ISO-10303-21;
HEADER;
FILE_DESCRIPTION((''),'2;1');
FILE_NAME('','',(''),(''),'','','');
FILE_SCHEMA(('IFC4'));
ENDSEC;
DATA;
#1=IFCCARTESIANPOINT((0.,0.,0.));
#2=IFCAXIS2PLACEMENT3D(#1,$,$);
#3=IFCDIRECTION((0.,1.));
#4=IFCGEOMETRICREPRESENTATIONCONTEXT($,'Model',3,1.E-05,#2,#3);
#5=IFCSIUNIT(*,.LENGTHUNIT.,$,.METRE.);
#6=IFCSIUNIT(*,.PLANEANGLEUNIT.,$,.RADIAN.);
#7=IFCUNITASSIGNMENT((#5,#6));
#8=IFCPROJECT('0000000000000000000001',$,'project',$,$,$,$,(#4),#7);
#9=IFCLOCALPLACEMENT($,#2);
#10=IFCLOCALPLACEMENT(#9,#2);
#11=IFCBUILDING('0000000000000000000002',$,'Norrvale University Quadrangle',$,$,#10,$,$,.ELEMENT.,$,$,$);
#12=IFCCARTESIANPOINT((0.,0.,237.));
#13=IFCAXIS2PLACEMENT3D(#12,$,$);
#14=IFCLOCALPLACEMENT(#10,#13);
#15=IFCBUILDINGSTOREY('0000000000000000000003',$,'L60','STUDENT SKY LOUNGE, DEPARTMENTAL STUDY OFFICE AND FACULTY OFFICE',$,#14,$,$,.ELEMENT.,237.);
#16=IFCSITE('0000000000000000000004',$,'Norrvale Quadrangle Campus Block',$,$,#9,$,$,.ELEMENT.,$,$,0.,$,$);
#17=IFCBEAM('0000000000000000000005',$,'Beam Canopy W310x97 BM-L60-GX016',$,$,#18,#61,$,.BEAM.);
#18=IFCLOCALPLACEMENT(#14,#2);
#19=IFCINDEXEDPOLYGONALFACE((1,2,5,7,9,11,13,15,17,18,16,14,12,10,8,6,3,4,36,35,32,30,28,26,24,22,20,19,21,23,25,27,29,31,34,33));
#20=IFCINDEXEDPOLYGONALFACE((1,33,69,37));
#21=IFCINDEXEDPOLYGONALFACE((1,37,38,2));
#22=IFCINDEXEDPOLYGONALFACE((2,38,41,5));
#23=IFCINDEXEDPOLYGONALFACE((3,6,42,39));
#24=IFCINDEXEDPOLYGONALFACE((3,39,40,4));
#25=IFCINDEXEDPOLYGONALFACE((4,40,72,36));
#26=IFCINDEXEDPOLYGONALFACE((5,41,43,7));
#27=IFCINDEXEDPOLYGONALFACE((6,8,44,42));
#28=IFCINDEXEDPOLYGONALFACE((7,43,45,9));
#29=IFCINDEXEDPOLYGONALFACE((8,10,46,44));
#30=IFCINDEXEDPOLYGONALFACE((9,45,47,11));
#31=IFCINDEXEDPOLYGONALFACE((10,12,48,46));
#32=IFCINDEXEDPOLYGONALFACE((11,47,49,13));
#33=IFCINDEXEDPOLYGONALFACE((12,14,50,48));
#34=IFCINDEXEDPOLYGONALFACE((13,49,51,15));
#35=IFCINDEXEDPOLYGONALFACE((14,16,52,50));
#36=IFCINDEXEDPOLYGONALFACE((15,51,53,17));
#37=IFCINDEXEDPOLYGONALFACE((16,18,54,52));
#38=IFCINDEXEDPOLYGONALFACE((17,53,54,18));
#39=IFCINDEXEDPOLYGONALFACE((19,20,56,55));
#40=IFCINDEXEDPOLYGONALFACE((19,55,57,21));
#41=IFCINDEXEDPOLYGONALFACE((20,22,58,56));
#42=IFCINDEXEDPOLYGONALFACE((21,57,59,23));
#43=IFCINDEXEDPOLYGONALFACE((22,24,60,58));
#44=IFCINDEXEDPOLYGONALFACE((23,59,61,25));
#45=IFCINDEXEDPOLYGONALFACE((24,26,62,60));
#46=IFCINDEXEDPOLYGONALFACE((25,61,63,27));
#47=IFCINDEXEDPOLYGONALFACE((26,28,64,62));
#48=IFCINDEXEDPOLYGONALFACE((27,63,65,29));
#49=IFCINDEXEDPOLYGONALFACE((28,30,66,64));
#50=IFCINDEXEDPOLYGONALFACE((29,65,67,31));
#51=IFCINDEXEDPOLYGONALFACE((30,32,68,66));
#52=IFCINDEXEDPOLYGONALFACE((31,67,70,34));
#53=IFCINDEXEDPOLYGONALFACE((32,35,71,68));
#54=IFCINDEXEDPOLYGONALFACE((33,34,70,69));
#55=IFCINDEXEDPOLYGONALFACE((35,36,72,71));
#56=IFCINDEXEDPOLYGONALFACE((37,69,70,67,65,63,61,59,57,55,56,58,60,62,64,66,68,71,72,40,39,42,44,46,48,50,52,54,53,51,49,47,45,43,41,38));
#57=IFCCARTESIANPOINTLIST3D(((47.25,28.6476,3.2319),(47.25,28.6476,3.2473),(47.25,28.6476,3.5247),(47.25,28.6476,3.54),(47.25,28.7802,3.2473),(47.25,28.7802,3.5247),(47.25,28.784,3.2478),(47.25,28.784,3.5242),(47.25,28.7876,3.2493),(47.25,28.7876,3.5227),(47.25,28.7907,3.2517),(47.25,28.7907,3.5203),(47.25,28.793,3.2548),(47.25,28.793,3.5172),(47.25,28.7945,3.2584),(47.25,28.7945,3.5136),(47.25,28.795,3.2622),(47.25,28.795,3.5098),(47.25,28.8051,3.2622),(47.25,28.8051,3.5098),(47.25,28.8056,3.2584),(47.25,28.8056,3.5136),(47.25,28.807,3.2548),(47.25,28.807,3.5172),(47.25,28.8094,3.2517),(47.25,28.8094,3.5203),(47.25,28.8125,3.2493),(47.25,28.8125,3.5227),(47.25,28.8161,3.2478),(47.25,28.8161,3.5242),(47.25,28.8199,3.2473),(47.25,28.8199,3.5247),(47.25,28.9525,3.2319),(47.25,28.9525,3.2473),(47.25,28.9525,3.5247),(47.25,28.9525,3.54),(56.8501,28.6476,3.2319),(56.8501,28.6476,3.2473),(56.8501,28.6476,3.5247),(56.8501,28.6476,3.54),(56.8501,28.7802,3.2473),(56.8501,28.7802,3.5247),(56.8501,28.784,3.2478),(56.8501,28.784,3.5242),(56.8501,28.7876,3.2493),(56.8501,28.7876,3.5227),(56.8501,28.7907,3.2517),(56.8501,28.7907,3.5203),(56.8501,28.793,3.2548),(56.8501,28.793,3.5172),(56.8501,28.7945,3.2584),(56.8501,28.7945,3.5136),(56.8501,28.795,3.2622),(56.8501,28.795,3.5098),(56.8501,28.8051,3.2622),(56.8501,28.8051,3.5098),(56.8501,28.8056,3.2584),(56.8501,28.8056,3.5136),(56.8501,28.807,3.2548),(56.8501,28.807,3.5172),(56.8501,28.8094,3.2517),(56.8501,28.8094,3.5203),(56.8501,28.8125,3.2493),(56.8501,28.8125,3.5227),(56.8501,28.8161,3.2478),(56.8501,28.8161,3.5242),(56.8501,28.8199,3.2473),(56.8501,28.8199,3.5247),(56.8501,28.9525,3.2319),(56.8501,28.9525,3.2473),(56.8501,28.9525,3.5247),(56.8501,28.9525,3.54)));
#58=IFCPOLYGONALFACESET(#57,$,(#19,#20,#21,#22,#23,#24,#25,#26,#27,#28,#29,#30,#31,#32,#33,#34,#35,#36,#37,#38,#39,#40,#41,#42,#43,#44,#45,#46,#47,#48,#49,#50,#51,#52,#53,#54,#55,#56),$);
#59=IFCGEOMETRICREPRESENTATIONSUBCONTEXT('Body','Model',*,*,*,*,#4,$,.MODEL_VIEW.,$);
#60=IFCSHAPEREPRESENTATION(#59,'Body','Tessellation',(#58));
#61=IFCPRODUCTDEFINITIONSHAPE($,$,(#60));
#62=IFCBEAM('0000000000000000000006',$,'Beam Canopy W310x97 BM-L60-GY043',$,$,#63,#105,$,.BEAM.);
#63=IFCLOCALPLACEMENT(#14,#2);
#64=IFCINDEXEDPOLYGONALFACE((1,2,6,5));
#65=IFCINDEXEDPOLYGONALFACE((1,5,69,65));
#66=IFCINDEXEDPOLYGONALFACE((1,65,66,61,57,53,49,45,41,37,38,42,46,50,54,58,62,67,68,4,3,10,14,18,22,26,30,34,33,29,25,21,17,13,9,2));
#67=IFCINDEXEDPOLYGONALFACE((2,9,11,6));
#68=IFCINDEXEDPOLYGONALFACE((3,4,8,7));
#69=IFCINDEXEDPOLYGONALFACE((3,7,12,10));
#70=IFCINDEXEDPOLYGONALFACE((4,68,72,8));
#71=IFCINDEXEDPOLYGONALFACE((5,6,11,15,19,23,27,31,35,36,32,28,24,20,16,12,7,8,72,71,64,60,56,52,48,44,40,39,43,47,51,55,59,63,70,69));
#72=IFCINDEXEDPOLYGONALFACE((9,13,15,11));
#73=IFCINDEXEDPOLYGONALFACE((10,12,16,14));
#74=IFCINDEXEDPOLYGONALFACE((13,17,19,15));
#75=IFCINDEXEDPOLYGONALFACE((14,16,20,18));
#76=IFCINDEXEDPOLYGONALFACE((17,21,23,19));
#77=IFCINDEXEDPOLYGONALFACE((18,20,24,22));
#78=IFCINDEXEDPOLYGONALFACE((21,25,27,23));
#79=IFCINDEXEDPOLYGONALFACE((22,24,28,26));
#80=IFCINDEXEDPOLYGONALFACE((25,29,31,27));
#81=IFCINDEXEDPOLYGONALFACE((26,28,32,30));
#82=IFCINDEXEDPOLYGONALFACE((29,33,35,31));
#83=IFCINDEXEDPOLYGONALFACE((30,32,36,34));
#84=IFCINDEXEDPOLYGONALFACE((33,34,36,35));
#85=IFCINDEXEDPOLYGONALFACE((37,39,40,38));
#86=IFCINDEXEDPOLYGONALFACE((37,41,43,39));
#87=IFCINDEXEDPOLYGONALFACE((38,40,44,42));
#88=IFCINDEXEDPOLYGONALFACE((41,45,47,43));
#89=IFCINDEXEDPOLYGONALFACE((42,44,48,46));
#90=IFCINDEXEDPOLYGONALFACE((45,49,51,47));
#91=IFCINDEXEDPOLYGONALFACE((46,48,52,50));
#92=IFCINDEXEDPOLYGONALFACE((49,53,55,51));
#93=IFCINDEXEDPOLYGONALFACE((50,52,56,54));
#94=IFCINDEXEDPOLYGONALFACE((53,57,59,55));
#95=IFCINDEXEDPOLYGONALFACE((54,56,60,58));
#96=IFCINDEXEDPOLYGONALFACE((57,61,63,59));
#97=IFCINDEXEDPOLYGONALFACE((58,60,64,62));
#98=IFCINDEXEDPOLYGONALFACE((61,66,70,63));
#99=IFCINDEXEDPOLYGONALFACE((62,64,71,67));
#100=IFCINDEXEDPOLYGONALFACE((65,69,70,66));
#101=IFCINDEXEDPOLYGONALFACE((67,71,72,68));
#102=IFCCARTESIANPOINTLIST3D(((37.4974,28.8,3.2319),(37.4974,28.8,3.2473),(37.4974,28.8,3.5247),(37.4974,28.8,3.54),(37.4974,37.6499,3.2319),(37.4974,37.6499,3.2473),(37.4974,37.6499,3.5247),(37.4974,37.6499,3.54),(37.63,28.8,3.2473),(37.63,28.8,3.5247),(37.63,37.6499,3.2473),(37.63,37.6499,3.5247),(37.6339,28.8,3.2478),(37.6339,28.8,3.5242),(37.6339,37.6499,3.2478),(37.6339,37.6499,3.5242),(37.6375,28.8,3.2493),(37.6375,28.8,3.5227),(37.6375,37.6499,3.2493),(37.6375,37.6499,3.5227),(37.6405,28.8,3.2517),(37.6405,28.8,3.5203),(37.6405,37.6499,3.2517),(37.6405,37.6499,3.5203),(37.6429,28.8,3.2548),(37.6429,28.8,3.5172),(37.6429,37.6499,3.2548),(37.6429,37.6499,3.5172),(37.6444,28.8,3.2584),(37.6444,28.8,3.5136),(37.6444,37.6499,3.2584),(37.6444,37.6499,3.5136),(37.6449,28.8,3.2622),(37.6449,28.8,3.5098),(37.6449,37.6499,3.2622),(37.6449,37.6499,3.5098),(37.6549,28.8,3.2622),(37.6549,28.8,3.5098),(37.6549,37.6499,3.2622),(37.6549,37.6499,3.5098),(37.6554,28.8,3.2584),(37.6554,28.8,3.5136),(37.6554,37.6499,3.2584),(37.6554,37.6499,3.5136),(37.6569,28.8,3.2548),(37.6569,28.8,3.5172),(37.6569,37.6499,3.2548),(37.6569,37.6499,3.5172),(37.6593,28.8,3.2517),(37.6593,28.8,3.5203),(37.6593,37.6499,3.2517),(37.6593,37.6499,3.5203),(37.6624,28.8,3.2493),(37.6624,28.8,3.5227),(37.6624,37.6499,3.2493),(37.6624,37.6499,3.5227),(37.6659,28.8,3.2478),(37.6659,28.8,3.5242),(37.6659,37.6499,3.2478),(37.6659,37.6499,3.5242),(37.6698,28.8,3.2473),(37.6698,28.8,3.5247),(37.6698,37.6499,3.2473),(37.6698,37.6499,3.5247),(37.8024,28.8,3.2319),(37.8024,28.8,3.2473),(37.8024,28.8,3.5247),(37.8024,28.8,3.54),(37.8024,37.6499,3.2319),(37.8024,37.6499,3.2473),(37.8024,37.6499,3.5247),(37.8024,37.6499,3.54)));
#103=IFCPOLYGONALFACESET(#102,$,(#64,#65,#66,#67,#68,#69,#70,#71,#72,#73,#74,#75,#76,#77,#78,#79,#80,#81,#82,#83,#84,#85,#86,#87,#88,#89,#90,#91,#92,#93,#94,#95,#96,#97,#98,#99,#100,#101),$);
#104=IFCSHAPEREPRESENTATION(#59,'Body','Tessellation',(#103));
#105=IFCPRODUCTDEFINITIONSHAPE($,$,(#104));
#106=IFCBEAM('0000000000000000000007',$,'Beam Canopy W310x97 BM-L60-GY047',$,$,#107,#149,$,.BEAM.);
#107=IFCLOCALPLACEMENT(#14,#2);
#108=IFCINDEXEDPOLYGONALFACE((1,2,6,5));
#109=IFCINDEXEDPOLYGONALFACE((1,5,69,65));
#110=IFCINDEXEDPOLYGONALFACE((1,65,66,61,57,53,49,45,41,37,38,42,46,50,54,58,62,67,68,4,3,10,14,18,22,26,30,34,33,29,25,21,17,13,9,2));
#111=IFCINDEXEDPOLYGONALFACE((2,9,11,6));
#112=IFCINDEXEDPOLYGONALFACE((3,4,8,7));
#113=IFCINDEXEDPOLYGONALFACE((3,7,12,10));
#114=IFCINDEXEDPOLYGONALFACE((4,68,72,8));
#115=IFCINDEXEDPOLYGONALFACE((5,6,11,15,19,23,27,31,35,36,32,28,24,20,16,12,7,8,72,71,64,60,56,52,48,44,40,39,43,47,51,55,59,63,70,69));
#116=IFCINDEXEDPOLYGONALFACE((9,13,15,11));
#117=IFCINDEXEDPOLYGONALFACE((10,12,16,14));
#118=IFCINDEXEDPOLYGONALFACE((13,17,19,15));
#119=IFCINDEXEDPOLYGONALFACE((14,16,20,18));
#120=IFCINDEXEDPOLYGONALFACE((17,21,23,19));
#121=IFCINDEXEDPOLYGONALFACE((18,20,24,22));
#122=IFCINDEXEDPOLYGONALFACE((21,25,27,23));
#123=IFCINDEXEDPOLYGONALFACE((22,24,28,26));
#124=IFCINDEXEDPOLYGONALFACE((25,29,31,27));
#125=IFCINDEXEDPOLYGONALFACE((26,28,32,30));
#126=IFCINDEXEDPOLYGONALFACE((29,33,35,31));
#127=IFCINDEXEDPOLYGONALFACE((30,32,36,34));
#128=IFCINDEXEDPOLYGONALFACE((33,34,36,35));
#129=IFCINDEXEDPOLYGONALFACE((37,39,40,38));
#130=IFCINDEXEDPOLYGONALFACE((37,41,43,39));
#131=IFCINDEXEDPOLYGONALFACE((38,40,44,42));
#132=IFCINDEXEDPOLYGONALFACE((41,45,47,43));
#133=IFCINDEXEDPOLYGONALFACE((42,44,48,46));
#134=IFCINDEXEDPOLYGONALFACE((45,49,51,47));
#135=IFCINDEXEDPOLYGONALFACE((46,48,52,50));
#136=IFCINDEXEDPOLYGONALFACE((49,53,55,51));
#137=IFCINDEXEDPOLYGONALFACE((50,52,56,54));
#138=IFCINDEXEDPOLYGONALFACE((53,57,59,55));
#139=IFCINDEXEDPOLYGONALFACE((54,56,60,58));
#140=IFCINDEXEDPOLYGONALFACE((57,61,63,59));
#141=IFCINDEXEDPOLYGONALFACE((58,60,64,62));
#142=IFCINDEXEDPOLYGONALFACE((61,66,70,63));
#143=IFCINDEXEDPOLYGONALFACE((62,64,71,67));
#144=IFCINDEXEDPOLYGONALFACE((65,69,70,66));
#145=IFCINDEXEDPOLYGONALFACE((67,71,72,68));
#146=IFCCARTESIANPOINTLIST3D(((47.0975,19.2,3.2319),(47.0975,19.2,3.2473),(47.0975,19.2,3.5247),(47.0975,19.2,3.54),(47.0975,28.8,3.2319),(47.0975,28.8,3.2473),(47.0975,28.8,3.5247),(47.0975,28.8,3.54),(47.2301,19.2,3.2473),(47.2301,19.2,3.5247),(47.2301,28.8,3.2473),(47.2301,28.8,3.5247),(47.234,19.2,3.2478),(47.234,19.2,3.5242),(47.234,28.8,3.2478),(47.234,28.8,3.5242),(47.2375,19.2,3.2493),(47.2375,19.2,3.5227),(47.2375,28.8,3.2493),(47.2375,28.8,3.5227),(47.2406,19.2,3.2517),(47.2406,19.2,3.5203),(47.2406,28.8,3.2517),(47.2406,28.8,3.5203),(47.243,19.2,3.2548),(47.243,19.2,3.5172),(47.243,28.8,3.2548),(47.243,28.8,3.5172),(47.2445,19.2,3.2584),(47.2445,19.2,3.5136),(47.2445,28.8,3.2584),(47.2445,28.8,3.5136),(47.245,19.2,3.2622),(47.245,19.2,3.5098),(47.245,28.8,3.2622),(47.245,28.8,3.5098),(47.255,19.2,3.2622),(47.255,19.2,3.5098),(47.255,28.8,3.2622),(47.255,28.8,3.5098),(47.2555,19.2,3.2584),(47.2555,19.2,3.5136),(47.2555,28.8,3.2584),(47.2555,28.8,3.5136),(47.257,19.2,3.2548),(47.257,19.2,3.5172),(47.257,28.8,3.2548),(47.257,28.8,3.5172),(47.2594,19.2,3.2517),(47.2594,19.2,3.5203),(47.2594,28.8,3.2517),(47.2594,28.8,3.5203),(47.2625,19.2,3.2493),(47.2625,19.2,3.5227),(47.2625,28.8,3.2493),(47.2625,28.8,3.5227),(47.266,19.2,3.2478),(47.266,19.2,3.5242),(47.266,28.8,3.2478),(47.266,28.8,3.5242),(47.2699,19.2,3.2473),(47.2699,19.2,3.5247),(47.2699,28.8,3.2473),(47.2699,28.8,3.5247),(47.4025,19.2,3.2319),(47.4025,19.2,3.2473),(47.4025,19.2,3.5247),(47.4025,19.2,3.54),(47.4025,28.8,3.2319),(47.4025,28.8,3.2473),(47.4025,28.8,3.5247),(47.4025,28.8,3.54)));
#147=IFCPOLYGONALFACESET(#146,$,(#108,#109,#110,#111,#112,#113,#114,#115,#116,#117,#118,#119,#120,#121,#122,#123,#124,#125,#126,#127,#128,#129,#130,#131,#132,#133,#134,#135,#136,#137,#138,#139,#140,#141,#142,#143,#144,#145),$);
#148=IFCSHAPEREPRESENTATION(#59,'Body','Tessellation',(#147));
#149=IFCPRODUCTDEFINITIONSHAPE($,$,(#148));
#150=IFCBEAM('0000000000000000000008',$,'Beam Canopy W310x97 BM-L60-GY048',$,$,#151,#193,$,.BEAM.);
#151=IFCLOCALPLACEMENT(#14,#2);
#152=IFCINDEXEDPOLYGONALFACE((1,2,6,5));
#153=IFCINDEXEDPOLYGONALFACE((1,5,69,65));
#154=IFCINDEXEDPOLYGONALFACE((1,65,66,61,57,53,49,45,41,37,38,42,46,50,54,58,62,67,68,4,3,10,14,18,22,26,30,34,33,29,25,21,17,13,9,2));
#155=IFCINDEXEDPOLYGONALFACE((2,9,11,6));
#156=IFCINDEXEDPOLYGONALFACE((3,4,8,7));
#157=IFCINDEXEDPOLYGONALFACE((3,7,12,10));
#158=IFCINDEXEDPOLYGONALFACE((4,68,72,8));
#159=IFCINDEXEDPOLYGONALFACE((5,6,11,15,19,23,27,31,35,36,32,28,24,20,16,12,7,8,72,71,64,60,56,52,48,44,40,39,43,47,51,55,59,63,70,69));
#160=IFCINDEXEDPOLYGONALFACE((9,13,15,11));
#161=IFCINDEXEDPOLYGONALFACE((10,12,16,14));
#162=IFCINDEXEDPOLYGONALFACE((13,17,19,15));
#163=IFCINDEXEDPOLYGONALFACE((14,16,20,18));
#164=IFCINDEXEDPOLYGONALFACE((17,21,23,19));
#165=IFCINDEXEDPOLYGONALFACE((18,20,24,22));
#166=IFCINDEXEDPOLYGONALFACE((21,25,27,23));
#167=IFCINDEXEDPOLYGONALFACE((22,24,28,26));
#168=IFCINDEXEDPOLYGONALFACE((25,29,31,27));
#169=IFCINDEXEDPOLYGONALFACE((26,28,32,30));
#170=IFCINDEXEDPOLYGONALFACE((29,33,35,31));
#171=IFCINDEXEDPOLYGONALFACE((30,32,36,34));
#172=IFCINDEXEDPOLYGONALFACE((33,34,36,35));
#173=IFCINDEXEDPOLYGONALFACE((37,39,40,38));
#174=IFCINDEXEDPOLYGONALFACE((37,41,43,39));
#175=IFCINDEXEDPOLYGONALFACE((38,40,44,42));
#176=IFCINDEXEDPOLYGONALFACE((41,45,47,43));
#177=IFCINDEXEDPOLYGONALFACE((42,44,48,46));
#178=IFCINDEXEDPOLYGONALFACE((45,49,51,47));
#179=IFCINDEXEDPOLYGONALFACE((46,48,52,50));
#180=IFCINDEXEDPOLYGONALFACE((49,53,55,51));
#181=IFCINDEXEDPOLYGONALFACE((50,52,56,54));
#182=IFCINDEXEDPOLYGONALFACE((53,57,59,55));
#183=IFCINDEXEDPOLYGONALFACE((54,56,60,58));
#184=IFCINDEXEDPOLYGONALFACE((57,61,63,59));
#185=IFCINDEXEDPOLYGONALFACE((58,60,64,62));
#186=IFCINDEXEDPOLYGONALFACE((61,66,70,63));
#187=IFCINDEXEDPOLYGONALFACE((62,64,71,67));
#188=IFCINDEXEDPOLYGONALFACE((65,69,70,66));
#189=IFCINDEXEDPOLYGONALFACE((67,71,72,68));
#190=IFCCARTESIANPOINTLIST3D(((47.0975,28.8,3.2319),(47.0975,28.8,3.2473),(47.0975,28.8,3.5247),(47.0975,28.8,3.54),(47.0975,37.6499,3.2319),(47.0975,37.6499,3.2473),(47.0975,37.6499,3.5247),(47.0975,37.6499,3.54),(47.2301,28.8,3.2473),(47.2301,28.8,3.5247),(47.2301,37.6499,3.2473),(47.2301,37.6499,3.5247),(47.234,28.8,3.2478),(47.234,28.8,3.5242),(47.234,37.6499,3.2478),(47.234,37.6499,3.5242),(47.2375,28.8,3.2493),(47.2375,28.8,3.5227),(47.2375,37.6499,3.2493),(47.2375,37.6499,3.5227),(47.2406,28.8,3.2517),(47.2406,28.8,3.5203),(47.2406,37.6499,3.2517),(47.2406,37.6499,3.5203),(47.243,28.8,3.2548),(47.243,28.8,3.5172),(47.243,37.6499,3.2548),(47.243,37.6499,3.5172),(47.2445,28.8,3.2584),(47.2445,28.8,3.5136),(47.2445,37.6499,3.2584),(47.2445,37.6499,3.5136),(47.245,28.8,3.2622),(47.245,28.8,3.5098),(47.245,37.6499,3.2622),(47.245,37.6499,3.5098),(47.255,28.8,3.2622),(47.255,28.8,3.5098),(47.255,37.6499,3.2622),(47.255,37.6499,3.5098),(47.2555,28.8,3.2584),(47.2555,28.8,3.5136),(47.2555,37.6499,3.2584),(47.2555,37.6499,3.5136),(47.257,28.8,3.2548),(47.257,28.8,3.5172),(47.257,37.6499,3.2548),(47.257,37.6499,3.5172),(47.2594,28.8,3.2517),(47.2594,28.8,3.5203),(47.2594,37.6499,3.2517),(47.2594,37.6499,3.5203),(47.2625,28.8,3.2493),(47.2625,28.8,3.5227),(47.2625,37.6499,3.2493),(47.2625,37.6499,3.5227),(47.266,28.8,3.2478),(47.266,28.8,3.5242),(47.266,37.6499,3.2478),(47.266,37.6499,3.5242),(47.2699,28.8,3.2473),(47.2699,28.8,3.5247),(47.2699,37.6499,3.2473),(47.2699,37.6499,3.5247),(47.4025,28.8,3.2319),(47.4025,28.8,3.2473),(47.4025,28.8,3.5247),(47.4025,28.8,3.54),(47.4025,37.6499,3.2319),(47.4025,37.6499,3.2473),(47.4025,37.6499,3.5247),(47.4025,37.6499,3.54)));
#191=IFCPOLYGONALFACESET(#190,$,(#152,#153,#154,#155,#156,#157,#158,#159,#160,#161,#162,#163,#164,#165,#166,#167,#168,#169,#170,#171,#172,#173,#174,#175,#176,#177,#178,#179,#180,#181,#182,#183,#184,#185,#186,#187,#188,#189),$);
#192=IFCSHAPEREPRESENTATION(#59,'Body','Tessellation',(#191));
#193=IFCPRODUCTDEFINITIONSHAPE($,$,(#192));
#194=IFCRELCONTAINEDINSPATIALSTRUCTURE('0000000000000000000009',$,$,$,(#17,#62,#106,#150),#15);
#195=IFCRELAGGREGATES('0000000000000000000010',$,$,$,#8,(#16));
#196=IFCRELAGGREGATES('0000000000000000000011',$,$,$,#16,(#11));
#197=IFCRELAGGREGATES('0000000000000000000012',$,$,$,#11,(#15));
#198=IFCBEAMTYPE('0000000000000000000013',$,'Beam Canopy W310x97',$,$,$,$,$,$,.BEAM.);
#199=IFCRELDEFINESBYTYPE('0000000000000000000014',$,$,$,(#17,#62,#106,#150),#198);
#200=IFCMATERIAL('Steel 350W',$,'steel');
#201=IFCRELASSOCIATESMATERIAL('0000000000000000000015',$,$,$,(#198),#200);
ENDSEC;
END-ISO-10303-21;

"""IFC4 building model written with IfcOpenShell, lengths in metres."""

from ifc_helpers import new_model, si_unit, direction, frame, origin, origin_2d, place, context, subcontext, project, spatial, i_section, extrude, material, material_profile, profile_set, type_object, element, save


model = new_model("IFC4")

# Units and contexts
model_context = context("Model", 3, precision=1e-05, world=origin(), true_north=direction((0.0, 1.0)))
body_context = subcontext(model_context, "Body", "Model", "MODEL_VIEW")
ifc_project = project(units=[si_unit("LENGTHUNIT", "METRE"), si_unit("PLANEANGLEUNIT", "RADIAN")], contexts=[model_context])

# Site, building, storey
site_placement = place(None, origin())
site = spatial("IfcSite", under=ifc_project, at=site_placement, Name="Norrvale Quadrangle Campus Block", CompositionType="ELEMENT", RefElevation=0.0)
building_placement = place(site_placement, origin())
building = spatial("IfcBuilding", under=site, at=building_placement, Name="Norrvale University Quadrangle", CompositionType="ELEMENT")
storey_placement = place(building_placement, frame((0.0, 0.0, 237.0)))
storey = spatial("IfcBuildingStorey", under=building, at=storey_placement, Name="L60", Description="STUDENT SKY LOUNGE, DEPARTMENTAL STUDY OFFICE AND FACULTY OFFICE", CompositionType="ELEMENT", Elevation=237.0)

# Beams
ifc_material_1 = material(Name="Steel 350W", Category="steel")
ifc_material_profile_1 = material_profile(ifc_material_1, i_section(OverallWidth=0.3049, OverallDepth=0.3081, WebThickness=0.01, FlangeThickness=0.0154, FilletRadius=0.0149, at=origin_2d()), Name="Steel 350W")
ifc_profile_set_1 = profile_set([ifc_material_profile_1], Name="Steel 350W")
beam_type_1 = type_object("IfcBeamType", Name="Beam Canopy W310x97", PredefinedType="BEAM", material=ifc_profile_set_1)
for number, where, z_axis, x_axis, name in (
    (1, (47.25, 28.8, 3.386), (1.0, 0.0, 0.0), (0.0, 1.0, 0.0), "Beam Canopy W310x97 BM-L60-GX016"),
):
    element("IfcBeam", number, at=place(storey_placement, frame(where, z_axis=z_axis, x_axis=x_axis)), inside=storey, type_object=beam_type_1, Name=name, PredefinedType="BEAM", context=body_context, shape_type="SweptSolid", body=[
        extrude(i_section(OverallWidth=0.3049, OverallDepth=0.3081, WebThickness=0.01, FlangeThickness=0.0154, FilletRadius=0.0149, at=origin_2d()), origin(), (0.0, 0.0, 1.0), 9.6001),
    ])
beam_1_placement = place(storey_placement, frame((37.6499, 28.8, 3.386), z_axis=(0.0, 1.0, 0.0), x_axis=(-1.0, 0.0, 0.0)))
element("IfcBeam", 2, at=beam_1_placement, inside=storey, type_object=beam_type_1, Name="Beam Canopy W310x97 BM-L60-GY043", PredefinedType="BEAM", context=body_context, shape_type="SweptSolid", body=[
    extrude(i_section(OverallWidth=0.3049, OverallDepth=0.3081, WebThickness=0.01, FlangeThickness=0.0154, FilletRadius=0.0149, at=origin_2d()), origin(), (0.0, 0.0, 1.0), 8.8499),
])
beam_2_placement = place(storey_placement, frame((47.25, 19.2, 3.386), z_axis=(0.0, 1.0, 0.0), x_axis=(-1.0, 0.0, 0.0)))
element("IfcBeam", 3, at=beam_2_placement, inside=storey, type_object=beam_type_1, Name="Beam Canopy W310x97 BM-L60-GY047", PredefinedType="BEAM", context=body_context, shape_type="SweptSolid", body=[
    extrude(i_section(OverallWidth=0.3049, OverallDepth=0.3081, WebThickness=0.01, FlangeThickness=0.0154, FilletRadius=0.0149, at=origin_2d()), origin(), (0.0, 0.0, 1.0), 9.6001),
])
beam_3_placement = place(storey_placement, frame((47.25, 28.8, 3.386), z_axis=(0.0, 1.0, 0.0), x_axis=(-1.0, 0.0, 0.0)))
element("IfcBeam", 4, at=beam_3_placement, inside=storey, type_object=beam_type_1, Name="Beam Canopy W310x97 BM-L60-GY048", PredefinedType="BEAM", context=body_context, shape_type="SweptSolid", body=[
    extrude(i_section(OverallWidth=0.3049, OverallDepth=0.3081, WebThickness=0.01, FlangeThickness=0.0154, FilletRadius=0.0149, at=origin_2d()), origin(), (0.0, 0.0, 1.0), 8.8499),
])

save(model, "model.ifc")
